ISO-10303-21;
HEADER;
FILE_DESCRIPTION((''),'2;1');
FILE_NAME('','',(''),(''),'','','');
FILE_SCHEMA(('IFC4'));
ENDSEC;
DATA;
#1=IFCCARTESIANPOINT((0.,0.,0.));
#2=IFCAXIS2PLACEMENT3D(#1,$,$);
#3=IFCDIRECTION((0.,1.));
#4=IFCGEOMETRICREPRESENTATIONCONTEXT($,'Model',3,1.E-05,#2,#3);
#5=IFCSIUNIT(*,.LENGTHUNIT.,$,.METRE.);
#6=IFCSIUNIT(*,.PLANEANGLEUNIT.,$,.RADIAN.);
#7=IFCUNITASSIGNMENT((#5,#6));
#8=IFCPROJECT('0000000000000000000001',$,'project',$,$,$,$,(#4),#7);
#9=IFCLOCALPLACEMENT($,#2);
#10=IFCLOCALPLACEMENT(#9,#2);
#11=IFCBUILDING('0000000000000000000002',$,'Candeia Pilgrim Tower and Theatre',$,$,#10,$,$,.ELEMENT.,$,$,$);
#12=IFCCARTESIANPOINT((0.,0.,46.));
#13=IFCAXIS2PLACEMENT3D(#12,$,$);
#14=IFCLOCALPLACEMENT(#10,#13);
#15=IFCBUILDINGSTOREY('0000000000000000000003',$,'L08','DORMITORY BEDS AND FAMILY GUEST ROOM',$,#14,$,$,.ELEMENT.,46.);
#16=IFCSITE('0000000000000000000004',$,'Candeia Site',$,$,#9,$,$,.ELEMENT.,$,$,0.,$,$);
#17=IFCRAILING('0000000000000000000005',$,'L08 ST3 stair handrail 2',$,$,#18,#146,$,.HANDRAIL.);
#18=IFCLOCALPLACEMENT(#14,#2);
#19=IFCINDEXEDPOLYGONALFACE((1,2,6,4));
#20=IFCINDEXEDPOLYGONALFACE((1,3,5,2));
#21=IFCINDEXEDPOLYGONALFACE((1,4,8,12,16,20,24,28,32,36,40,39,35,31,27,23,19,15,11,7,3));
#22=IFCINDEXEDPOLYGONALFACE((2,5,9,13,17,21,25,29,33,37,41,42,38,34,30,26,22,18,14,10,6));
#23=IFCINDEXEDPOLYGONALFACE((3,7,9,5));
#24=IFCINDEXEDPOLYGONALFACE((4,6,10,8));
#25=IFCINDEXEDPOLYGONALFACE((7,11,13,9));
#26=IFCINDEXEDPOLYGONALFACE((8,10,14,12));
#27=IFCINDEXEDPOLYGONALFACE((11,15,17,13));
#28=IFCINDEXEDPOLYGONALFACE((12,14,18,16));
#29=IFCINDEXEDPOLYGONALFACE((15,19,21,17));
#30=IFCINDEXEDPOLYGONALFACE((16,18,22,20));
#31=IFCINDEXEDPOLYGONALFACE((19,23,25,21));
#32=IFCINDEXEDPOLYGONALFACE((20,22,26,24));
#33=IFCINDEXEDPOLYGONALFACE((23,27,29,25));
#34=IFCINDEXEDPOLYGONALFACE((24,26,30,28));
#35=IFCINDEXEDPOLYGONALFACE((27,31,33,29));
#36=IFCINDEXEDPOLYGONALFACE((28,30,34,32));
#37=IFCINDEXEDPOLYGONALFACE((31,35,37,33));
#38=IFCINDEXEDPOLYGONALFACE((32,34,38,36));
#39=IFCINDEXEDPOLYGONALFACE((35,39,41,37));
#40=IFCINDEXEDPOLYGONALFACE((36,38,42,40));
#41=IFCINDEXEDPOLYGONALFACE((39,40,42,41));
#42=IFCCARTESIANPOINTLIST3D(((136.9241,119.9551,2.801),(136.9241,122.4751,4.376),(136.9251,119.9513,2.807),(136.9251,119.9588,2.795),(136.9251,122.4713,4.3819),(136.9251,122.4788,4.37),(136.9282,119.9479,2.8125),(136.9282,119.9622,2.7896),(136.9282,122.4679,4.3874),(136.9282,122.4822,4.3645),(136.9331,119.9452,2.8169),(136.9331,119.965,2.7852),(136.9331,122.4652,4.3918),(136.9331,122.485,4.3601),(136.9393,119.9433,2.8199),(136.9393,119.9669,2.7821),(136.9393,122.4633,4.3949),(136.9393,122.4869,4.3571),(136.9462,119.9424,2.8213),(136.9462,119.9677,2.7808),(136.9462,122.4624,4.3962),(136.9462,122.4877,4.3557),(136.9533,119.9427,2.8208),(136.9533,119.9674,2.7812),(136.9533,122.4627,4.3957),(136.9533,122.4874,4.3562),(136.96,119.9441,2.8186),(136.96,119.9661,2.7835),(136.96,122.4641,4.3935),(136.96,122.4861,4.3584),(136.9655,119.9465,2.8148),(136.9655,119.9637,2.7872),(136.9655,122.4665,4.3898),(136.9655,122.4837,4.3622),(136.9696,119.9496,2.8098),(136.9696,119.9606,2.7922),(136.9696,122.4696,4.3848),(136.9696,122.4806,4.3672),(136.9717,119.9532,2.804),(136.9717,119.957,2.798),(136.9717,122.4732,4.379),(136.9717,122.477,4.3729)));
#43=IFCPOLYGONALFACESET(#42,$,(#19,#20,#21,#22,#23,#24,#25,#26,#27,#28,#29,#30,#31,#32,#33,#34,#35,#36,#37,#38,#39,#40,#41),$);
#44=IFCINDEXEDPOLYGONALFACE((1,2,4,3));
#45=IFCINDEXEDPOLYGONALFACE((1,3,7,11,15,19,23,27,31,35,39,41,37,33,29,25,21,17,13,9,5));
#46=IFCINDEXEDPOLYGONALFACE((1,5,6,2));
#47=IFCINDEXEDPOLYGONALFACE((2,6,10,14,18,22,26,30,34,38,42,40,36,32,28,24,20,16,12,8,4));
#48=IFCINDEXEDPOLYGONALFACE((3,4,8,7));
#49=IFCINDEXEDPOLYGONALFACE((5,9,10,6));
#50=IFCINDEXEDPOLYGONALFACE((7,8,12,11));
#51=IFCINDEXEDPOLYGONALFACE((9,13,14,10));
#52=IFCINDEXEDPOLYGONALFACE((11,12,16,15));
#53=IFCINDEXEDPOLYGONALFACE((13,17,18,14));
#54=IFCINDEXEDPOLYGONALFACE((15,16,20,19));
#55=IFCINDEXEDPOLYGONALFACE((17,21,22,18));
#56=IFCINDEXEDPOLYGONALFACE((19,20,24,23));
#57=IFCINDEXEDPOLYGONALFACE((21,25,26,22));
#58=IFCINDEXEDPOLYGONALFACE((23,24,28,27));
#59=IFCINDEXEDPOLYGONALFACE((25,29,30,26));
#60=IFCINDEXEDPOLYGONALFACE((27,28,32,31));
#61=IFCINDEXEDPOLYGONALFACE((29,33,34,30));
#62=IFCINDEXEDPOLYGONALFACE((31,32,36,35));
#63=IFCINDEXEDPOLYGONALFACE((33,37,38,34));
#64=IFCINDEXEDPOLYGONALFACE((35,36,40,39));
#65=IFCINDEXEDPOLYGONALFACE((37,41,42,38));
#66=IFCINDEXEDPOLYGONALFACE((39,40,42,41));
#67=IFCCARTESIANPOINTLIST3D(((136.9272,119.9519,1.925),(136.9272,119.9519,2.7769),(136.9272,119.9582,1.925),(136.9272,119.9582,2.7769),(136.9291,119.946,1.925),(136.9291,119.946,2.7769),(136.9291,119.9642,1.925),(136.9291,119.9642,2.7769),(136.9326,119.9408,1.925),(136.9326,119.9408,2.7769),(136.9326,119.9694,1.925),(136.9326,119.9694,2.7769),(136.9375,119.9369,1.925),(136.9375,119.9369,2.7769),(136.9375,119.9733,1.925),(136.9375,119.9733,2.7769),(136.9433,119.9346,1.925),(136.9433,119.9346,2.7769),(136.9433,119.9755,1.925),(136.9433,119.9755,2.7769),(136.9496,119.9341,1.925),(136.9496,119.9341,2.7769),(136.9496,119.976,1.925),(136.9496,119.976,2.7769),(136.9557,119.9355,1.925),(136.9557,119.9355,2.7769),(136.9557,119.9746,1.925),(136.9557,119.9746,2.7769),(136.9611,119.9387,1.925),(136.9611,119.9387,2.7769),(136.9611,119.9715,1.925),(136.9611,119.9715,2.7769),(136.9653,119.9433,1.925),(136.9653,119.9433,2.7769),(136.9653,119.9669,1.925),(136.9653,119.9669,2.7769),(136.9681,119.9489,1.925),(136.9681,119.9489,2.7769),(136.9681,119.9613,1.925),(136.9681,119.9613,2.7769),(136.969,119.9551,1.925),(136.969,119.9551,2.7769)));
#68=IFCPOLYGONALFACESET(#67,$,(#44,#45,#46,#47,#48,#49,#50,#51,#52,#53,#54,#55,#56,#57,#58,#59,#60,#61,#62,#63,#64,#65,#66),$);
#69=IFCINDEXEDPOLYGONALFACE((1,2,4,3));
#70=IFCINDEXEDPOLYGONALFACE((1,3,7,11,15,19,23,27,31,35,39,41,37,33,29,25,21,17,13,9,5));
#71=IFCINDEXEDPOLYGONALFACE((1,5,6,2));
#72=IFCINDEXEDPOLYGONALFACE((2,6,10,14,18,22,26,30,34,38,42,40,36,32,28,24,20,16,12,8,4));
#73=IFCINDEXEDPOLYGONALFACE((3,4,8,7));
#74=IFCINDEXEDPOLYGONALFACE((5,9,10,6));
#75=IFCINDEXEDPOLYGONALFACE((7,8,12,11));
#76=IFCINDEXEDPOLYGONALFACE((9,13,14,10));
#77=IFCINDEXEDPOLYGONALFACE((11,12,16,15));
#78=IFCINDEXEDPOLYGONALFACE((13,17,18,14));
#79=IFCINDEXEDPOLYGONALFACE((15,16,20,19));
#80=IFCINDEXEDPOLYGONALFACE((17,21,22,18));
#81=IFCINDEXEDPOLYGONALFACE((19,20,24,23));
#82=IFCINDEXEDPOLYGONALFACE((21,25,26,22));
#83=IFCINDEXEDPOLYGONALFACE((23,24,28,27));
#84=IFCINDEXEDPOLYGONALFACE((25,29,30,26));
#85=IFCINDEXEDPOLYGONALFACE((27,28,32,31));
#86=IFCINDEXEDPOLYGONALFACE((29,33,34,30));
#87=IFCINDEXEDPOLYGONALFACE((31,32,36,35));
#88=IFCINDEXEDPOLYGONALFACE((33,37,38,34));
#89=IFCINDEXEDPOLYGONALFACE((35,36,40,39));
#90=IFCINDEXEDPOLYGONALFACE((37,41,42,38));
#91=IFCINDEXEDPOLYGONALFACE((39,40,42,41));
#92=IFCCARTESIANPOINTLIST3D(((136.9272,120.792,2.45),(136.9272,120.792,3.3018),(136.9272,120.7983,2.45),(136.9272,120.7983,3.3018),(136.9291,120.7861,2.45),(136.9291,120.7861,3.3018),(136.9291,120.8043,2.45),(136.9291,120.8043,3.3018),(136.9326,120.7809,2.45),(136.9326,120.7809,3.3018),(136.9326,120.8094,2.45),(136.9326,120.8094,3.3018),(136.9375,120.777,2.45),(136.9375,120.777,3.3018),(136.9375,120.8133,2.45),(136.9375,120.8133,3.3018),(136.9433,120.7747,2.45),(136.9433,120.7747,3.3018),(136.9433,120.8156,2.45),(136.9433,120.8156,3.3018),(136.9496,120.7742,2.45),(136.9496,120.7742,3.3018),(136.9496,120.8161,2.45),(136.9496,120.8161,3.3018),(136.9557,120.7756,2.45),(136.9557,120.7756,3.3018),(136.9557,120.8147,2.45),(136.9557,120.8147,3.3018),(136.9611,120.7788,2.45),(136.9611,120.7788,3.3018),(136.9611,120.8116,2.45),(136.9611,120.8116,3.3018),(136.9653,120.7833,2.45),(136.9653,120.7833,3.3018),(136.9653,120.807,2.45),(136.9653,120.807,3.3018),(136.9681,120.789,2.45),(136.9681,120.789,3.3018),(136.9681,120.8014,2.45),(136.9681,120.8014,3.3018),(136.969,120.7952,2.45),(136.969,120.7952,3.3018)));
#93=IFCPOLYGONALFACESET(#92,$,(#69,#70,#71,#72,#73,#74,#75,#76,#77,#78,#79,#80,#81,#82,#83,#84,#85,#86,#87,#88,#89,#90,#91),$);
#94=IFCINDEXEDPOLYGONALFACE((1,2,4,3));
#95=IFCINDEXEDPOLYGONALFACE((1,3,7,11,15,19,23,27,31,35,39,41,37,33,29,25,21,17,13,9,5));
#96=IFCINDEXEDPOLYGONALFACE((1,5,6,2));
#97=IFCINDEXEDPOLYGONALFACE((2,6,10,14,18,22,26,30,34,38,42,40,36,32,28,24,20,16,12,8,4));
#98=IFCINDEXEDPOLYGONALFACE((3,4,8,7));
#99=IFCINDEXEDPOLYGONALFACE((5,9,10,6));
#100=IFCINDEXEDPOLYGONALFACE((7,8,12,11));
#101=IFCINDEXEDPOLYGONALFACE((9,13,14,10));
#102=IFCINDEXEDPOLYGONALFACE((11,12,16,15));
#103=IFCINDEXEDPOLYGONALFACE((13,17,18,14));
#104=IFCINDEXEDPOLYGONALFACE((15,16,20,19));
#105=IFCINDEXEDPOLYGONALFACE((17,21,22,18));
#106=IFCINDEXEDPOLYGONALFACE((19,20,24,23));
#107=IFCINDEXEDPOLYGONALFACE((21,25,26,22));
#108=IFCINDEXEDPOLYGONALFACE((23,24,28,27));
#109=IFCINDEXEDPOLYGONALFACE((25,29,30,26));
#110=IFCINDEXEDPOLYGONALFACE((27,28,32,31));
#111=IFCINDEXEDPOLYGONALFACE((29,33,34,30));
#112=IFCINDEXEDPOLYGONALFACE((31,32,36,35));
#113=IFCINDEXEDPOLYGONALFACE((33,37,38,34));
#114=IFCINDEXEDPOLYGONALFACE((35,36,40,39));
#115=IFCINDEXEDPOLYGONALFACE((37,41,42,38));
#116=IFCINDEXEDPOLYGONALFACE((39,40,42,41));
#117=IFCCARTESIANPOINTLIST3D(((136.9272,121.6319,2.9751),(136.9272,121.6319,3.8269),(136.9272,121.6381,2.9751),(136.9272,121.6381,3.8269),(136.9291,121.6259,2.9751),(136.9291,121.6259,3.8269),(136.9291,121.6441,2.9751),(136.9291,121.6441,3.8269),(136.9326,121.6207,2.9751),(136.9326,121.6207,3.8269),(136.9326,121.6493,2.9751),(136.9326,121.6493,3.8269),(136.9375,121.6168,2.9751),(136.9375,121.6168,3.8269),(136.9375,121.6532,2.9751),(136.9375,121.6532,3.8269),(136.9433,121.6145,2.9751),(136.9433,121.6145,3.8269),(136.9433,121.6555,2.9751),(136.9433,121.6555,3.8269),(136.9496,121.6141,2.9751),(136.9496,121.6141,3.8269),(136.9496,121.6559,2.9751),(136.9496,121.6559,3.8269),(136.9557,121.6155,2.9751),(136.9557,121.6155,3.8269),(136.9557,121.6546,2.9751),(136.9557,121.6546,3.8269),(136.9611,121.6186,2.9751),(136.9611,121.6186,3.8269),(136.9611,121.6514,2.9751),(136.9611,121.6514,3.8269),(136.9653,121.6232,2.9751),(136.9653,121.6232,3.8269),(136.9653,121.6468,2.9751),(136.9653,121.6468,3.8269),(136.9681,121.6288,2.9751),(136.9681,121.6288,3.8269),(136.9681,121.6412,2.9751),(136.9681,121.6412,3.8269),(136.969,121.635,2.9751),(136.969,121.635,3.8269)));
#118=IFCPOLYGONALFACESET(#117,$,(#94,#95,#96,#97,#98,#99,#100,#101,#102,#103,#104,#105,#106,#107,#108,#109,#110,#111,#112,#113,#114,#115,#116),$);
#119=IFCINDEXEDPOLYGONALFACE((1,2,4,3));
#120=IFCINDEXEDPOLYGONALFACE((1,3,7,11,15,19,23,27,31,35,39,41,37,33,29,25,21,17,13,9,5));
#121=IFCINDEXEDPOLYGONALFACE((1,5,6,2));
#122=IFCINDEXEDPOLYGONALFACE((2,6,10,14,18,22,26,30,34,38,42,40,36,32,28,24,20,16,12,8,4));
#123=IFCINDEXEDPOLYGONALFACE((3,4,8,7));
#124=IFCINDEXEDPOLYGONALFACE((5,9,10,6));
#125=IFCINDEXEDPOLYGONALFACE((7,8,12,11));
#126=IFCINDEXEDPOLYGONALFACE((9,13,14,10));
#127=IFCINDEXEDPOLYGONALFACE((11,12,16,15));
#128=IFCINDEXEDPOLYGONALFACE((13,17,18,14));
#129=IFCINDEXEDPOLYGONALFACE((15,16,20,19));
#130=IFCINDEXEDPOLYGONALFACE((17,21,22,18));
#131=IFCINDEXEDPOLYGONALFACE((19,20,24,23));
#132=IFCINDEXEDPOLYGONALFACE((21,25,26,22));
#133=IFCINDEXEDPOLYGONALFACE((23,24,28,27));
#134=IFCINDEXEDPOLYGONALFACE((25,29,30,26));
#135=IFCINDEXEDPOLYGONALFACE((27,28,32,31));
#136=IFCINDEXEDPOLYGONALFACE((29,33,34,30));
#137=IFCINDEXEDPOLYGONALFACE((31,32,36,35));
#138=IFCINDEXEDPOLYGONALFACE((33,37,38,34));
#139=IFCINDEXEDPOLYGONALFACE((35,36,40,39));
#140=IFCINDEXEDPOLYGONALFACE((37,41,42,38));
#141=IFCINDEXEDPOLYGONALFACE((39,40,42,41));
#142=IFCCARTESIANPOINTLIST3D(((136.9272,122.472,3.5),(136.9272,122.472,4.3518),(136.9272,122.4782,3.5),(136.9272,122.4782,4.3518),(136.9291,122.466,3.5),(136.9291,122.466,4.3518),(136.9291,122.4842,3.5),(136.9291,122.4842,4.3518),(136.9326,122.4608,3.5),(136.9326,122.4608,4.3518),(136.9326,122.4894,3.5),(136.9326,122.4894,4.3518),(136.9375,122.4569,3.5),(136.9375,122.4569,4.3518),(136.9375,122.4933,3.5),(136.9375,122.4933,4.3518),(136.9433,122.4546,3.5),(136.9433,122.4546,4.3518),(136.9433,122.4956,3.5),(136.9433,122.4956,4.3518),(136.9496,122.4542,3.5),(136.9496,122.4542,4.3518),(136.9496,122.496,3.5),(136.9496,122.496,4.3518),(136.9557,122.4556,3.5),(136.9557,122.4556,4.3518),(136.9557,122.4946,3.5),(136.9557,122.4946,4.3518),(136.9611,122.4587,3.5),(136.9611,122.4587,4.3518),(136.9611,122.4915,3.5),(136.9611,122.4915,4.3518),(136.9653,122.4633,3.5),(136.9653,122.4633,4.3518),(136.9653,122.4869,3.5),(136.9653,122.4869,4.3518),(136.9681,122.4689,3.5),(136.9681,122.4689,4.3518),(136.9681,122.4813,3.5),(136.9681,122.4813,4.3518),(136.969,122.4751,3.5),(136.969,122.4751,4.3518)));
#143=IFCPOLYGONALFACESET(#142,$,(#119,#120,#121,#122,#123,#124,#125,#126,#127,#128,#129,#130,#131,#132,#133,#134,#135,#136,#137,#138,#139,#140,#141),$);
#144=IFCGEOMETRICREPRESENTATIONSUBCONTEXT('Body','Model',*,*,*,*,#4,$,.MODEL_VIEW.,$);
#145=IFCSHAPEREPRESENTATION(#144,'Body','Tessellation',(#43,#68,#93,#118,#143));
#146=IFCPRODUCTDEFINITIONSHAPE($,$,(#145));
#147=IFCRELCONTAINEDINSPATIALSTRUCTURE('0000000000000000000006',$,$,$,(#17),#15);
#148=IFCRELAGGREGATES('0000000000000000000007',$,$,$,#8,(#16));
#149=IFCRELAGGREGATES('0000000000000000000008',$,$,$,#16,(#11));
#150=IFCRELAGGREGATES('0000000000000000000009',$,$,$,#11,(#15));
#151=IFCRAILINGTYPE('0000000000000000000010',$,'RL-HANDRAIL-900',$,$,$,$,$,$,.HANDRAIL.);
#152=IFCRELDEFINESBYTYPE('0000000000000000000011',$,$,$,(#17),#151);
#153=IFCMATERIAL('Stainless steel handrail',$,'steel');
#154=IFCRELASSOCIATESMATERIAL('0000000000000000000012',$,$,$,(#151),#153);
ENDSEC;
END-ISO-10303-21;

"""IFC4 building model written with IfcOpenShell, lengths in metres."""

from ifc_helpers import new_model, si_unit, direction, frame, origin, origin_2d, place, context, subcontext, project, spatial, circle, extrude, material, type_object, element, save


model = new_model("IFC4")

# Units and contexts
model_context = context("Model", 3, precision=1e-05, world=origin(), true_north=direction((0.0, 1.0)))
body_context = subcontext(model_context, "Body", "Model", "MODEL_VIEW")
ifc_project = project(units=[si_unit("LENGTHUNIT", "METRE"), si_unit("PLANEANGLEUNIT", "RADIAN")], contexts=[model_context])

# Site, building, storey
site_placement = place(None, origin())
site = spatial("IfcSite", under=ifc_project, at=site_placement, Name="Candeia Site", CompositionType="ELEMENT", RefElevation=0.0)
building_placement = place(site_placement, origin())
building = spatial("IfcBuilding", under=site, at=building_placement, Name="Candeia Pilgrim Tower and Theatre", CompositionType="ELEMENT")
storey_placement = place(building_placement, frame((0.0, 0.0, 46.0)))
storey = spatial("IfcBuildingStorey", under=building, at=storey_placement, Name="L08", Description="DORMITORY BEDS AND FAMILY GUEST ROOM", CompositionType="ELEMENT", Elevation=46.0)

# Railing
ifc_material_1 = material(Name="Stainless steel handrail", Category="steel")
railing_type_1 = type_object("IfcRailingType", Name="RL-HANDRAIL-900", PredefinedType="HANDRAIL", material=ifc_material_1)
railing_1_placement = place(storey_placement, frame((136.948, 119.9551, 1.925)))
element("IfcRailing", 1, at=railing_1_placement, inside=storey, type_object=railing_type_1, Name="L08 ST3 stair handrail 2", PredefinedType="HANDRAIL", context=body_context, shape_type="SweptSolid", body=[
    extrude(circle(Radius=0.0239, at=origin_2d()), frame((0.0, 0.0, 0.876), z_axis=(0.0, 0.848008, 0.529984), x_axis=(-1.0, 0.0, 0.0)), (0.0, 0.0, 1.0), 2.9717),
    extrude(circle(Radius=0.021, at=origin_2d()), origin(), (0.0, 0.0, 1.0), 0.8518),
    extrude(circle(Radius=0.021, at=origin_2d()), frame((0.0, 0.8401, 0.5249)), (0.0, 0.0, 1.0), 0.8518),
    extrude(circle(Radius=0.021, at=origin_2d()), frame((0.0, 1.6799, 1.05)), (0.0, 0.0, 1.0), 0.8518),
    extrude(circle(Radius=0.021, at=origin_2d()), frame((0.0, 2.52, 1.575)), (0.0, 0.0, 1.0), 0.8518),
])

save(model, "model.ifc")
